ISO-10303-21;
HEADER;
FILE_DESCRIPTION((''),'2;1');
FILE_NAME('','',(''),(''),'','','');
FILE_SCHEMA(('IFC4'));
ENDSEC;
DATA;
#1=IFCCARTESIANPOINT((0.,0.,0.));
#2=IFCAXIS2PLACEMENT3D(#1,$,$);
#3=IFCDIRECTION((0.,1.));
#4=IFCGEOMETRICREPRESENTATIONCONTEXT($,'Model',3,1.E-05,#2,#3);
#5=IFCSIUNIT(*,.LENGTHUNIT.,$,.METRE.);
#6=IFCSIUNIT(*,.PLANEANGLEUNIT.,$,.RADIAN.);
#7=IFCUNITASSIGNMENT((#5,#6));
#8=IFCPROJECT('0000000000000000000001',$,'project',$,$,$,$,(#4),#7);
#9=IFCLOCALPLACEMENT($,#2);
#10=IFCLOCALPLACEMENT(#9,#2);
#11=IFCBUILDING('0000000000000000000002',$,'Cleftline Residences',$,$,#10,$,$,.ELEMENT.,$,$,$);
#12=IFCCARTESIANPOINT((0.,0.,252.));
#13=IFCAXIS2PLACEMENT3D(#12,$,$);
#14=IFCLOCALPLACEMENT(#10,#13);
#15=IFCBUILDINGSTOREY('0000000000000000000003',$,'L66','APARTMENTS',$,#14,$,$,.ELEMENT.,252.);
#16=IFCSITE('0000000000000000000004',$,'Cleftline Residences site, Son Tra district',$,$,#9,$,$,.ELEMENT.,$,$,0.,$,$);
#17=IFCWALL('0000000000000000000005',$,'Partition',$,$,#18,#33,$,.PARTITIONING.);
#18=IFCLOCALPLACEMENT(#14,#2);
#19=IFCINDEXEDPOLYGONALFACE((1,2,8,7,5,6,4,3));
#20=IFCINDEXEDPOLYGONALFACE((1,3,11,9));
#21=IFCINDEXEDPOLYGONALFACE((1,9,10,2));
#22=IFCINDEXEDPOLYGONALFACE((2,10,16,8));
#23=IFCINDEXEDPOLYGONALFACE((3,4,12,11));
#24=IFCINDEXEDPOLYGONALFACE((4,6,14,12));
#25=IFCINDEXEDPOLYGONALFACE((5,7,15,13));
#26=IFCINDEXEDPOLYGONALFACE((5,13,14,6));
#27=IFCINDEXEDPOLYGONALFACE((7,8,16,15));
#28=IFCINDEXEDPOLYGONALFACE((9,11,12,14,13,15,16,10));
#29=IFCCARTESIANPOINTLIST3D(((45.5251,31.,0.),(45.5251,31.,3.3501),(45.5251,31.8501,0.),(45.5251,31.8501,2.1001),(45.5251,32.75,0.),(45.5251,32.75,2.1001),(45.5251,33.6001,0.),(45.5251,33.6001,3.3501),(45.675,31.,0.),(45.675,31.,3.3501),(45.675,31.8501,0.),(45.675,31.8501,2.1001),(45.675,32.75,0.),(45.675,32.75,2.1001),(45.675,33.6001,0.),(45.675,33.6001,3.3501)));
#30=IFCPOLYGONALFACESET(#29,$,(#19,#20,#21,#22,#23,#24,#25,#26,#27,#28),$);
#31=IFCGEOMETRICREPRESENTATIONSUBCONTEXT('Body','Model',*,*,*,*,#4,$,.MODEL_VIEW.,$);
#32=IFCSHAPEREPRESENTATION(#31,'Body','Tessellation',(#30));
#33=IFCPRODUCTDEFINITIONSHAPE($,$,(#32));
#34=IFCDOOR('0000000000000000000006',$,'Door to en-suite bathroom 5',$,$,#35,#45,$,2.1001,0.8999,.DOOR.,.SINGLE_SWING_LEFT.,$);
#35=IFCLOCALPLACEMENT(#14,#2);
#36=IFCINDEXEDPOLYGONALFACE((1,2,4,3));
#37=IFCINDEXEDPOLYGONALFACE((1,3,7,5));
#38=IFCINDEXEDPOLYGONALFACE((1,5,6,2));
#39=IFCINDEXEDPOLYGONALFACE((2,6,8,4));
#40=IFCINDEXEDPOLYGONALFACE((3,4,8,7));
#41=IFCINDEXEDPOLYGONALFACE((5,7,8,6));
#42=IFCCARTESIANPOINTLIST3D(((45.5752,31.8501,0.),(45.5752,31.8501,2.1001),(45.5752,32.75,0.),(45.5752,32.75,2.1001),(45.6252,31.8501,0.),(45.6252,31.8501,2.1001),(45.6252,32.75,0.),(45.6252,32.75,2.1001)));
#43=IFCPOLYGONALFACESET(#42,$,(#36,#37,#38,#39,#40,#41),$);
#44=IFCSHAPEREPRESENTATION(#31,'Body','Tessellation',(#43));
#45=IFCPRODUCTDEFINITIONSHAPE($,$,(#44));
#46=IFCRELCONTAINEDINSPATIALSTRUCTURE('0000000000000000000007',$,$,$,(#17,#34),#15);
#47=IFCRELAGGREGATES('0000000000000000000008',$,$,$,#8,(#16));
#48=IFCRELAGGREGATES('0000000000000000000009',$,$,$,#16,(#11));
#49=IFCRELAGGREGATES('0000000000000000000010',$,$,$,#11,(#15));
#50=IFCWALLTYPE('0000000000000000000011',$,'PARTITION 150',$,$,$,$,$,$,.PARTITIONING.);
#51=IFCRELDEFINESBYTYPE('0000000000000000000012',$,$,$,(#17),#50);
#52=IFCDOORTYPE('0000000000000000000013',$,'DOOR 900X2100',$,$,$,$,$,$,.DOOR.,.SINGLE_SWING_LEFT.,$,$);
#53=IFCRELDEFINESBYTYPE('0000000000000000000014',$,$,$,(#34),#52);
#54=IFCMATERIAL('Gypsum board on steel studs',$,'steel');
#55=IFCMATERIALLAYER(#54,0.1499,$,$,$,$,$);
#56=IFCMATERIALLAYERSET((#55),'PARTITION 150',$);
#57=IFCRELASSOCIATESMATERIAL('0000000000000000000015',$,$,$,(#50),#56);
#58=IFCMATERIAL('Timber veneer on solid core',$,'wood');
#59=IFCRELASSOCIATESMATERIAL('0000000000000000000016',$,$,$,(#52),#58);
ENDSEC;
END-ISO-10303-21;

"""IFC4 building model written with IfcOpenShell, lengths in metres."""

from ifc_helpers import new_model, si_unit, direction, frame, frame_2d, origin, place, context, subcontext, project, spatial, rectangle, extrude, material, layer, layer_set, type_object, element, fill, save


model = new_model("IFC4")

# Units and contexts
model_context = context("Model", 3, precision=1e-05, world=origin(), true_north=direction((0.0, 1.0)))
body_context = subcontext(model_context, "Body", "Model", "MODEL_VIEW")
ifc_project = project(units=[si_unit("LENGTHUNIT", "METRE"), si_unit("PLANEANGLEUNIT", "RADIAN")], contexts=[model_context])

# Site, building, storey
site_placement = place(None, origin())
site = spatial("IfcSite", under=ifc_project, at=site_placement, Name="Cleftline Residences site, Son Tra district", CompositionType="ELEMENT", RefElevation=0.0)
building_placement = place(site_placement, origin())
building = spatial("IfcBuilding", under=site, at=building_placement, Name="Cleftline Residences", CompositionType="ELEMENT")
storey_placement = place(building_placement, frame((0.0, 0.0, 252.0)))
storey = spatial("IfcBuildingStorey", under=building, at=storey_placement, Name="L66", Description="APARTMENTS", CompositionType="ELEMENT", Elevation=252.0)

# Shared definitions
ifc_material_1 = material(Name="Gypsum board on steel studs", Category="steel")
ifc_layer_1 = layer(ifc_material_1, 0.1499)
ifc_layer_set_1 = layer_set([ifc_layer_1], Name="PARTITION 150")
wall_type = type_object("IfcWallType", Name="PARTITION 150", PredefinedType="PARTITIONING", material=ifc_layer_set_1)

# Wall, opening, door
wall_1_placement = place(storey_placement, frame((45.6001, 31.0, 0.0), z_axis=(0.0, 0.0, 1.0), x_axis=(0.0, 1.0, 0.0)))
wall_1 = element("IfcWall", 1, at=wall_1_placement, inside=storey, type_object=wall_type, Name="Partition", PredefinedType="PARTITIONING", context=body_context, shape_type="SweptSolid", body=[
    extrude(rectangle(XDim=2.6001, YDim=0.1499, at=frame_2d((1.3, 0.0))), origin(), (0.0, 0.0, 1.0), 3.3501),
])
opening_1_placement = place(wall_1_placement, frame((0.8501, 0.0, 0.0)))
opening_1 = element("IfcOpeningElement", 2, at=opening_1_placement, cuts=wall_1, PredefinedType="OPENING", context=body_context, shape_type="SweptSolid", body=[
    extrude(rectangle(XDim=0.8999, YDim=2.1001, at=frame_2d((0.45, 1.05))), frame((0.0, 0.085, 0.0), z_axis=(0.0, -1.0, 0.0), x_axis=(1.0, 0.0, 0.0)), (0.0, 0.0, 1.0), 0.1699),
])
ifc_material_2 = material(Name="Timber veneer on solid core", Category="wood")
door_type_1 = type_object("IfcDoorType", Name="DOOR 900X2100", OperationType="SINGLE_SWING_LEFT", PredefinedType="DOOR", material=ifc_material_2)
door_1_placement = place(opening_1_placement, origin())
door_1 = element("IfcDoor", 3, at=door_1_placement, inside=storey, type_object=door_type_1, Name="Door to en-suite bathroom 5", OperationType="SINGLE_SWING_LEFT", OverallHeight=2.1001, OverallWidth=0.8999, PredefinedType="DOOR", context=body_context, shape_type="SweptSolid", body=[
    extrude(rectangle(XDim=0.8999, YDim=2.1001, at=frame_2d((0.45, 1.05))), frame((0.0, 0.0249, 0.0), z_axis=(0.0, -1.0, 0.0), x_axis=(1.0, 0.0, 0.0)), (0.0, 0.0, 1.0), 0.05),
])
fill(opening_1, door_1)

save(model, "model.ifc")
